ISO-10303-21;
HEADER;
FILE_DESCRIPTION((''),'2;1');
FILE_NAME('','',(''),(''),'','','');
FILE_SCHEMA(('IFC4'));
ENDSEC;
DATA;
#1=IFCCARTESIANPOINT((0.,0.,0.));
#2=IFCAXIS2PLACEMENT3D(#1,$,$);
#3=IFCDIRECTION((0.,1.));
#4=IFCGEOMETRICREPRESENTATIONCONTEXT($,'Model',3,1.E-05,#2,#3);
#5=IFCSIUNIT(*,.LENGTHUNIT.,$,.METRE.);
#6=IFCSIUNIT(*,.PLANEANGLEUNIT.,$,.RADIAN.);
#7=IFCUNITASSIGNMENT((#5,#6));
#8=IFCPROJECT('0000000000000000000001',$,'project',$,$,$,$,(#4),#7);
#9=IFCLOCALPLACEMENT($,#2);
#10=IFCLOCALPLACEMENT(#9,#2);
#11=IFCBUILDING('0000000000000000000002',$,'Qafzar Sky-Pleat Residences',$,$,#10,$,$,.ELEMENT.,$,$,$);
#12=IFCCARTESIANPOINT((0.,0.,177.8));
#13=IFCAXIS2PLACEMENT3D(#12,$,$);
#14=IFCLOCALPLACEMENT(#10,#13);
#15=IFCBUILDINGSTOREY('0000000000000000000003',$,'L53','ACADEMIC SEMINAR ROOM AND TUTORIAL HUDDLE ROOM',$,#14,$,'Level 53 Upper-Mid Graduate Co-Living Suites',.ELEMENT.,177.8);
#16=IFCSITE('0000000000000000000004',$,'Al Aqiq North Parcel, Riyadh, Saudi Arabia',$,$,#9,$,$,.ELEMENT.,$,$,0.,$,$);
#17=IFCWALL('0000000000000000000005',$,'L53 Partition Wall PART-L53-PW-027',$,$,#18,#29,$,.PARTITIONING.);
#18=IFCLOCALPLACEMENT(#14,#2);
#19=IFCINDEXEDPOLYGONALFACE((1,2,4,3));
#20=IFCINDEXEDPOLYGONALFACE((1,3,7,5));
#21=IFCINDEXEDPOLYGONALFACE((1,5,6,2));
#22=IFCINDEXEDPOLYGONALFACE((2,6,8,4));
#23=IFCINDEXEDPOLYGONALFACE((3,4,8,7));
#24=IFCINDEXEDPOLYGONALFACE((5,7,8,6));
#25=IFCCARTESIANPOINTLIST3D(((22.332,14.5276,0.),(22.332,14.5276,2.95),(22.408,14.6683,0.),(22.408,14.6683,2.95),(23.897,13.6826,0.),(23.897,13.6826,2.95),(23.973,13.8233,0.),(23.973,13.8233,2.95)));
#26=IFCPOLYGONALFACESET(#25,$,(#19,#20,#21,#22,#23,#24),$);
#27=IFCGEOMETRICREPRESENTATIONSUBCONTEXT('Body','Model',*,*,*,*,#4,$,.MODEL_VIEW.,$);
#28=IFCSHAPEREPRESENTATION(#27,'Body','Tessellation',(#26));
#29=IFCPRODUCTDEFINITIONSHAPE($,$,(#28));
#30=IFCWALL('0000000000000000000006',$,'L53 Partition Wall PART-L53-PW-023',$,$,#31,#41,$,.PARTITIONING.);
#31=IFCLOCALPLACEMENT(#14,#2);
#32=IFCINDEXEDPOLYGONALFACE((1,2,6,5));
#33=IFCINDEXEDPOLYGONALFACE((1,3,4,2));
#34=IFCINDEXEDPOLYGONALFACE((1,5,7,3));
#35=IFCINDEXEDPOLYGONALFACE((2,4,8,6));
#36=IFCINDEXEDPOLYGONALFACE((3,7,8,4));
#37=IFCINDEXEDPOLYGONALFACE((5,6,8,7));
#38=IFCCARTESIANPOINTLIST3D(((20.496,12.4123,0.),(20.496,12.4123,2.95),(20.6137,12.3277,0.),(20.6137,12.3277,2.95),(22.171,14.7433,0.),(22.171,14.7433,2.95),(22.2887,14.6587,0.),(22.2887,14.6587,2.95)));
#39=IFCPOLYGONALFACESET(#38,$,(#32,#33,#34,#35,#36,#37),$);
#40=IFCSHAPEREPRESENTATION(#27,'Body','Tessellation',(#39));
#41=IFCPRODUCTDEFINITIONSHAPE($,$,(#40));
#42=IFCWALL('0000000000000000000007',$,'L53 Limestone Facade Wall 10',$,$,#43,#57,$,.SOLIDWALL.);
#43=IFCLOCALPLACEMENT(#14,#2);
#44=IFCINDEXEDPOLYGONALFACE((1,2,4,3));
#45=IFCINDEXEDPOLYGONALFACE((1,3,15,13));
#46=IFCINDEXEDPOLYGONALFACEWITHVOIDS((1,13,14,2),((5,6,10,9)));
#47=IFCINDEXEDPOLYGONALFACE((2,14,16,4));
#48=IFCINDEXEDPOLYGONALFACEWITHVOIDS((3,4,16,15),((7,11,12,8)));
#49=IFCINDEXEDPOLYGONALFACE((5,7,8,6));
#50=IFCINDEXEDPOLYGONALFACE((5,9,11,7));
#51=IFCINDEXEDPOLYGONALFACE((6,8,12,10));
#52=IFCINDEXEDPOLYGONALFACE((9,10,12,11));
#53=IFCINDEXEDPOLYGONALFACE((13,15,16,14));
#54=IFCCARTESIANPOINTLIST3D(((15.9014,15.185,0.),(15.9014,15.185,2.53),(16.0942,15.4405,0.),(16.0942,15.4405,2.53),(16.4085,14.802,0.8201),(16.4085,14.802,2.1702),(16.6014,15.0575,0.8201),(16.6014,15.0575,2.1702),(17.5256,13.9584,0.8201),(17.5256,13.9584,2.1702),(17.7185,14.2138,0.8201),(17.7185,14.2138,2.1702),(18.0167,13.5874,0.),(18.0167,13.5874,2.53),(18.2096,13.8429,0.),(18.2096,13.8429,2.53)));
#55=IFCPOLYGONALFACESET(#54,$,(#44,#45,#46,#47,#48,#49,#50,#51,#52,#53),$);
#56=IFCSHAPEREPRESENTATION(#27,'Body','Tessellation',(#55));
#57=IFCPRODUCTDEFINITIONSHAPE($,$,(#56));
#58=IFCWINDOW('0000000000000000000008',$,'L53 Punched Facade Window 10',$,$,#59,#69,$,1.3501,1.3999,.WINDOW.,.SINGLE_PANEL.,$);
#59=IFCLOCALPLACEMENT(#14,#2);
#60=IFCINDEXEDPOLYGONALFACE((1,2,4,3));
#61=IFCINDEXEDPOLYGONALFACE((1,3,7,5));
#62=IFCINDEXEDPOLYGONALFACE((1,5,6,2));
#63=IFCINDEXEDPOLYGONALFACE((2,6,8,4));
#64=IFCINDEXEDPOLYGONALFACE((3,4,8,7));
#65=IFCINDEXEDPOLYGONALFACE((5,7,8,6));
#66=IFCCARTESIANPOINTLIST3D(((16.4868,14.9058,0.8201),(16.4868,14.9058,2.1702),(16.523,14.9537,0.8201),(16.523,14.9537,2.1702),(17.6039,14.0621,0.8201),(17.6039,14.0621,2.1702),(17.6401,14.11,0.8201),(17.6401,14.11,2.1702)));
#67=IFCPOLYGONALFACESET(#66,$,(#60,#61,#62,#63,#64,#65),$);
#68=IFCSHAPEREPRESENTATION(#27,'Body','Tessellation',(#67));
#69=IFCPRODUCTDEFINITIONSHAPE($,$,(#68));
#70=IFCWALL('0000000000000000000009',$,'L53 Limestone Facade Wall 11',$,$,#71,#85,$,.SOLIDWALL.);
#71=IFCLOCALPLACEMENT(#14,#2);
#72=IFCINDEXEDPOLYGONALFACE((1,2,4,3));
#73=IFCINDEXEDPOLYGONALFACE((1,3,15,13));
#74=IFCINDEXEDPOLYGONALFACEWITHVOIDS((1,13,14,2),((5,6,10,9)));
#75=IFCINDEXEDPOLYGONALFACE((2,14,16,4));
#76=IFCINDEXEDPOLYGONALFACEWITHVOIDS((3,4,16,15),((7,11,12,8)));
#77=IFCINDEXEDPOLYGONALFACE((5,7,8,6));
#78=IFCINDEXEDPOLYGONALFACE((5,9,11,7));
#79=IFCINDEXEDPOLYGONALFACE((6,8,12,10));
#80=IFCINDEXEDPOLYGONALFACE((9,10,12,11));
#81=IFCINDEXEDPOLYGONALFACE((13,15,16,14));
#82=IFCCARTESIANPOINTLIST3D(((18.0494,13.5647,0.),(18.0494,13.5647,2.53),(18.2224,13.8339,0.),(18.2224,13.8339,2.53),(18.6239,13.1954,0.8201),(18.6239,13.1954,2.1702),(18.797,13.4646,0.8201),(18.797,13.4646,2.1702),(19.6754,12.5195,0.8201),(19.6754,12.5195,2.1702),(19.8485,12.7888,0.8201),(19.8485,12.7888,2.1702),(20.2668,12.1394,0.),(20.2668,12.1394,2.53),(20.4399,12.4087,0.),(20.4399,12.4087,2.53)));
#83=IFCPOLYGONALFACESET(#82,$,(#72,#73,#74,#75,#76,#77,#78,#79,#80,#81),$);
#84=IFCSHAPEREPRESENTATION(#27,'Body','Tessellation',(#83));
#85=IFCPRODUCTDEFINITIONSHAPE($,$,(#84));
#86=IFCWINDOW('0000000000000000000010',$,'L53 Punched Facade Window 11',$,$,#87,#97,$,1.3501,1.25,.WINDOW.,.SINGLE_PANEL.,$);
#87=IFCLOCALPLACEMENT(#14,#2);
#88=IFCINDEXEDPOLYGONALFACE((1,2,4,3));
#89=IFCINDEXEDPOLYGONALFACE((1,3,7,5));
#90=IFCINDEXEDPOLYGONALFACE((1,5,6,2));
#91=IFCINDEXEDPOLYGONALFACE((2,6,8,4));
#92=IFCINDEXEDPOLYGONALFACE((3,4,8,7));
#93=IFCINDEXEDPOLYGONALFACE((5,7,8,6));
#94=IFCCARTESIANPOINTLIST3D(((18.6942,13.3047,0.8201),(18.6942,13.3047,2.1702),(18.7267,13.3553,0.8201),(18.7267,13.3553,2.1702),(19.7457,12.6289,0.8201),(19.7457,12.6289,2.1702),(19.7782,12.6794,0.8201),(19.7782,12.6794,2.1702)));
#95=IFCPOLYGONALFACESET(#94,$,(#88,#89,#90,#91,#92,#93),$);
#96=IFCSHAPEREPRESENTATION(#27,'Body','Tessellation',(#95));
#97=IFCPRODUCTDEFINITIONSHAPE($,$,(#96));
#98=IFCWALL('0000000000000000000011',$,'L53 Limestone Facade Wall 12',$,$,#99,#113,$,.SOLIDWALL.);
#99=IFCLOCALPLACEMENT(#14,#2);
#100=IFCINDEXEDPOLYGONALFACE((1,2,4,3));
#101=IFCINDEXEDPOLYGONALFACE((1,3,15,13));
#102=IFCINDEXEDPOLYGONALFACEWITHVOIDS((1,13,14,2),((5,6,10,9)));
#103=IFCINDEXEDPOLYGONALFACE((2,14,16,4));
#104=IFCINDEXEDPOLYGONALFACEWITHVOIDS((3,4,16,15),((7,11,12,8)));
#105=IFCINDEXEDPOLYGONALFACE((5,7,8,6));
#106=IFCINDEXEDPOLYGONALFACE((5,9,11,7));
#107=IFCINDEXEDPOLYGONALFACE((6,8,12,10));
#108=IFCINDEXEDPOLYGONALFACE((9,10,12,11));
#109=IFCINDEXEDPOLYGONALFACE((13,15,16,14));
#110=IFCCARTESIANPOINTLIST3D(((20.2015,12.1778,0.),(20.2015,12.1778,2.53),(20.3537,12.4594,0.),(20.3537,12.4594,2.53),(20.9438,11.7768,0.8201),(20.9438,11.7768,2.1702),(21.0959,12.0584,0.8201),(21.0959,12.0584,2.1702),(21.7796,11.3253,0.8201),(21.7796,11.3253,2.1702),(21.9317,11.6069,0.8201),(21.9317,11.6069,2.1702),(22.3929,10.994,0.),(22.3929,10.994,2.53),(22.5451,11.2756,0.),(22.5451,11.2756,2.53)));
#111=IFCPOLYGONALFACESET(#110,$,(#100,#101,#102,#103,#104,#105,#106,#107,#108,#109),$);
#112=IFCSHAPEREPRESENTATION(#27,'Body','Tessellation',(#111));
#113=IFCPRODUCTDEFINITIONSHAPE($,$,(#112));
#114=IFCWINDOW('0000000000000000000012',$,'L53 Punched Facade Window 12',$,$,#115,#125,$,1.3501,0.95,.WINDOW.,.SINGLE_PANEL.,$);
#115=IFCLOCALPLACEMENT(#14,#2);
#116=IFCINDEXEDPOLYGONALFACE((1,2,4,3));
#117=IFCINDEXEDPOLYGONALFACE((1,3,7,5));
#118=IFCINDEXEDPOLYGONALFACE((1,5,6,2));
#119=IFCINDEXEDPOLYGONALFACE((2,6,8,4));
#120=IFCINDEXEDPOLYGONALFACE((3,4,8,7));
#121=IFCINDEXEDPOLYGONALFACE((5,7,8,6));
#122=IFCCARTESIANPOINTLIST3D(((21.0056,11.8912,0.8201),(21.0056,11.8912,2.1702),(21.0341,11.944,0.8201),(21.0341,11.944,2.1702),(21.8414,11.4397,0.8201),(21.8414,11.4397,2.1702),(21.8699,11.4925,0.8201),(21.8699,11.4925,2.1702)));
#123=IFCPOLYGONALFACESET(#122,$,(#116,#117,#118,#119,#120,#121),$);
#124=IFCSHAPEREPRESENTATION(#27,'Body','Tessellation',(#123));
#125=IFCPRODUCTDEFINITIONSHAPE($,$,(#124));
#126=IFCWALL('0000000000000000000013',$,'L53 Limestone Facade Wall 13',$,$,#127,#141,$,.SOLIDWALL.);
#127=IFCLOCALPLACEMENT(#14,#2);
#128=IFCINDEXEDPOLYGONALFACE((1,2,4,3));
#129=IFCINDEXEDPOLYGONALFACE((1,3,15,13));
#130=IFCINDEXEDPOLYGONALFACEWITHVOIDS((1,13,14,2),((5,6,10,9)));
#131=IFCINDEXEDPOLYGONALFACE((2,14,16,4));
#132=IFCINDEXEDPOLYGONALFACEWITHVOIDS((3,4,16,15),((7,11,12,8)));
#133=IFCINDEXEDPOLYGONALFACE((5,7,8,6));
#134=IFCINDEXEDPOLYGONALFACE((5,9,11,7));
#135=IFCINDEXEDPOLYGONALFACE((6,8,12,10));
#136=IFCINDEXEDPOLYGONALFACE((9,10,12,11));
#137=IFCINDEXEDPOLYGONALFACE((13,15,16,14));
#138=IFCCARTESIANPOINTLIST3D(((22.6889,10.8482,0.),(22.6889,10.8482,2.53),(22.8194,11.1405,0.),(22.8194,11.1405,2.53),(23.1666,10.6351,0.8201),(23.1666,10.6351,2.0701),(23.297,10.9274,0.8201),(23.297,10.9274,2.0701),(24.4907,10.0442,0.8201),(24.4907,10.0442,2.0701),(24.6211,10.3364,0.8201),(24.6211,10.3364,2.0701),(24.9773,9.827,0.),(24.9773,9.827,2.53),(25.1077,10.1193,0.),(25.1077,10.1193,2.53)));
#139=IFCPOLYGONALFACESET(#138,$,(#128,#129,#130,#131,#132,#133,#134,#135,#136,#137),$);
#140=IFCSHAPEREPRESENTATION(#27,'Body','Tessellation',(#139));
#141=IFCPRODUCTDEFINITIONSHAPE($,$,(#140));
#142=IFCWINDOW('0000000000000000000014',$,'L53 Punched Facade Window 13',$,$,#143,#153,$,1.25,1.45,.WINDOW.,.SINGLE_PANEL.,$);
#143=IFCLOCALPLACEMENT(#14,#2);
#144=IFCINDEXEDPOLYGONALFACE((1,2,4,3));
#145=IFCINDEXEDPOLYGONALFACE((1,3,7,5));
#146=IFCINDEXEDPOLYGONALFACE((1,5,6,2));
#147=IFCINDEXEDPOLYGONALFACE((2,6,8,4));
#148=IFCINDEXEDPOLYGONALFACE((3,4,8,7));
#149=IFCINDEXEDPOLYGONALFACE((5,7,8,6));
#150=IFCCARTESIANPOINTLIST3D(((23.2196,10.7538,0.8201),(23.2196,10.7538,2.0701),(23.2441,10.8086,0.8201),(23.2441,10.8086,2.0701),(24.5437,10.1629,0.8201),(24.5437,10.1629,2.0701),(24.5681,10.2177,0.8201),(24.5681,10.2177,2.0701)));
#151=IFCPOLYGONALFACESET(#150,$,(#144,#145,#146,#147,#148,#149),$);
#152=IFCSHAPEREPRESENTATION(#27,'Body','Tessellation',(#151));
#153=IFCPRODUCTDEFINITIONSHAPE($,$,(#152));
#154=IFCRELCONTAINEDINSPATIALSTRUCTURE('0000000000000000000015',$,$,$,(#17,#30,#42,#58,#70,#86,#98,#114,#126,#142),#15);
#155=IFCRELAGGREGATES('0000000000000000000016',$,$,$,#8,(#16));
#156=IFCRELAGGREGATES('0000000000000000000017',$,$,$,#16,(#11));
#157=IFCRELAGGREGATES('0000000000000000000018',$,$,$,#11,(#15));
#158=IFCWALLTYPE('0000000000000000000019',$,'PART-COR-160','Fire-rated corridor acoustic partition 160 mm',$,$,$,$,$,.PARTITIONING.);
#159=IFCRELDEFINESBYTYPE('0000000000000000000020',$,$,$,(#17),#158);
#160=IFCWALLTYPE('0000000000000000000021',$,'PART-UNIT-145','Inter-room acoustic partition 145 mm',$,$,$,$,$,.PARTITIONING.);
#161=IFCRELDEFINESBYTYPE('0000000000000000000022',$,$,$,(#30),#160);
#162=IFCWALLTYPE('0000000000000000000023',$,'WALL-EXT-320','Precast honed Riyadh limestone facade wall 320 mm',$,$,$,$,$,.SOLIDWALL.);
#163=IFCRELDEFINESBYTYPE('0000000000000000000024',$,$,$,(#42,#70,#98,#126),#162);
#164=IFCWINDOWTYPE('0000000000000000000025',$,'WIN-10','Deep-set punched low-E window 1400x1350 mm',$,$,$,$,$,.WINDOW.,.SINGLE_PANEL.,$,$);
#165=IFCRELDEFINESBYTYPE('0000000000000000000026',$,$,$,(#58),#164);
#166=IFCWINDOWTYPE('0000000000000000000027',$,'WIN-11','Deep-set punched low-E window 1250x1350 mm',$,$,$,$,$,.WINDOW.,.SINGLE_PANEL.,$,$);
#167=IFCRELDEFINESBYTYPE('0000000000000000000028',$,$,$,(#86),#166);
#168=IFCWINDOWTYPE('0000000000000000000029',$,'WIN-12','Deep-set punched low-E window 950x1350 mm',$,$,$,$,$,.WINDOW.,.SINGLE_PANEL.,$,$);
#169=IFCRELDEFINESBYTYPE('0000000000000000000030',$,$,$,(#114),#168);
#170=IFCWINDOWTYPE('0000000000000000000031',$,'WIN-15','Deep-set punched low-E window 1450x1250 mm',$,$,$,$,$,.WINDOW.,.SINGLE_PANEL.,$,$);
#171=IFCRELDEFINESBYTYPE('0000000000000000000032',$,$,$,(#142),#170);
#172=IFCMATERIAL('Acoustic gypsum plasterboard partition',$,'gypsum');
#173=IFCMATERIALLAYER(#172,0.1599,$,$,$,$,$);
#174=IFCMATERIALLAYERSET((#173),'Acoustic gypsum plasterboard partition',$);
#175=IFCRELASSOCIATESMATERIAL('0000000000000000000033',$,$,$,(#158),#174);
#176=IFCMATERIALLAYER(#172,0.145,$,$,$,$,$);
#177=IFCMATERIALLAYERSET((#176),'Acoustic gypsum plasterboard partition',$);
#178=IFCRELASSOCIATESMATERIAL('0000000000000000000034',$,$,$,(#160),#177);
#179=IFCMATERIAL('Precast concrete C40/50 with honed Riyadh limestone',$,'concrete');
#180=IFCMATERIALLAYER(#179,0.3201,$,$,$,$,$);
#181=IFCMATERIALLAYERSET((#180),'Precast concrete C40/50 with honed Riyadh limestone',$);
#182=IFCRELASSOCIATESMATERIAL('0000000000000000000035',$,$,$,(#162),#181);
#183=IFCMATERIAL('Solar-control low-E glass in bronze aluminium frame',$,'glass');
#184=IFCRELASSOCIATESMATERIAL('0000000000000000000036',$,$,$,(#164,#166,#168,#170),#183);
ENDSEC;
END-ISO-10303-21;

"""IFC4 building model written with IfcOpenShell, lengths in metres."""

from ifc_helpers import new_model, si_unit, direction, frame, frame_2d, origin, place, context, subcontext, project, spatial, rectangle, extrude, source, transform, mapped, material, layer, layer_set, type_object, element, fill, save


model = new_model("IFC4")

# Units and contexts
model_context = context("Model", 3, precision=1e-05, world=origin(), true_north=direction((0.0, 1.0)))
body_context = subcontext(model_context, "Body", "Model", "MODEL_VIEW")
ifc_project = project(units=[si_unit("LENGTHUNIT", "METRE"), si_unit("PLANEANGLEUNIT", "RADIAN")], contexts=[model_context])

# Site, building, storey
site_placement = place(None, origin())
site = spatial("IfcSite", under=ifc_project, at=site_placement, Name="Al Aqiq North Parcel, Riyadh, Saudi Arabia", CompositionType="ELEMENT", RefElevation=0.0)
building_placement = place(site_placement, origin())
building = spatial("IfcBuilding", under=site, at=building_placement, Name="Qafzar Sky-Pleat Residences", CompositionType="ELEMENT")
storey_placement = place(building_placement, frame((0.0, 0.0, 177.8)))
storey = spatial("IfcBuildingStorey", under=building, at=storey_placement, Name="L53", Description="ACADEMIC SEMINAR ROOM AND TUTORIAL HUDDLE ROOM", LongName="Level 53 Upper-Mid Graduate Co-Living Suites", CompositionType="ELEMENT", Elevation=177.8)

# Shared definitions
ifc_material_1 = material(Name="Acoustic gypsum plasterboard partition", Category="gypsum")
ifc_layer_1 = layer(ifc_material_1, 0.1599)
ifc_layer_set_1 = layer_set([ifc_layer_1], Name="Acoustic gypsum plasterboard partition")
wall_type_1 = type_object("IfcWallType", Name="PART-COR-160", Description="Fire-rated corridor acoustic partition 160 mm", PredefinedType="PARTITIONING", material=ifc_layer_set_1)

# Walls
wall_1_placement = place(storey_placement, frame((22.3701, 14.5979, 0.0), z_axis=(0.0, 0.0, 1.0), x_axis=(0.879928, -0.475106, 0.0)))
element("IfcWall", 1, at=wall_1_placement, inside=storey, type_object=wall_type_1, Name="L53 Partition Wall PART-L53-PW-027", PredefinedType="PARTITIONING", context=body_context, shape_type="SweptSolid", body=[
    extrude(rectangle(XDim=1.7786, YDim=0.1599, at=frame_2d((0.8892, 0.0))), origin(), (0.0, 0.0, 1.0), 2.95),
])
ifc_layer_2 = layer(ifc_material_1, 0.145)
ifc_layer_set_2 = layer_set([ifc_layer_2], Name="Acoustic gypsum plasterboard partition")
wall_type_2 = type_object("IfcWallType", Name="PART-UNIT-145", Description="Inter-room acoustic partition 145 mm", PredefinedType="PARTITIONING", material=ifc_layer_set_2)
wall_2_placement = place(storey_placement, frame((20.5549, 12.3701, 0.0), z_axis=(0.0, 0.0, 1.0), x_axis=(0.583545, 0.812081, 0.0)))
element("IfcWall", 2, at=wall_2_placement, inside=storey, type_object=wall_type_2, Name="L53 Partition Wall PART-L53-PW-023", PredefinedType="PARTITIONING", context=body_context, shape_type="SweptSolid", body=[
    extrude(rectangle(XDim=2.8704, YDim=0.145, at=frame_2d((1.4351, 0.0))), origin(), (0.0, 0.0, 1.0), 2.95),
])

# Walls, openings, windows
ifc_material_2 = material(Name="Precast concrete C40/50 with honed Riyadh limestone", Category="concrete")
ifc_layer_3 = layer(ifc_material_2, 0.3201)
ifc_layer_set_3 = layer_set([ifc_layer_3], Name="Precast concrete C40/50 with honed Riyadh limestone")
wall_type_3 = type_object("IfcWallType", Name="WALL-EXT-320", Description="Precast honed Riyadh limestone facade wall 320 mm", PredefinedType="SOLIDWALL", material=ifc_layer_set_3)
wall_3_placement = place(storey_placement, frame((15.9978, 15.3127, 0.0), z_axis=(0.0, 0.0, 1.0), x_axis=(0.797995, -0.602664, 0.0)))
wall_3 = element("IfcWall", 3, at=wall_3_placement, inside=storey, type_object=wall_type_3, Name="L53 Limestone Facade Wall 10", PredefinedType="SOLIDWALL", context=body_context, shape_type="SweptSolid", body=[
    extrude(rectangle(XDim=2.6509, YDim=0.3201, at=frame_2d((1.3254, 0.0))), origin(), (0.0, 0.0, 1.0), 2.53),
])
opening_1_placement = place(wall_3_placement, frame((0.6355, 0.0, 0.8201)))
opening_1 = element("IfcOpeningElement", 4, at=opening_1_placement, cuts=wall_3, PredefinedType="OPENING", context=body_context, shape_type="SweptSolid", body=[
    extrude(rectangle(XDim=1.3999, YDim=1.3501, at=frame_2d((0.7, 0.675))), frame((0.0, 0.1699, 0.0), z_axis=(0.0, -1.0, 0.0), x_axis=(1.0, 0.0, 0.0)), (0.0, 0.0, 1.0), 0.3401),
])
ifc_material_3 = material(Name="Solar-control low-E glass in bronze aluminium frame", Category="glass")
window_type_1 = type_object("IfcWindowType", Name="WIN-10", Description="Deep-set punched low-E window 1400x1350 mm", PartitioningType="SINGLE_PANEL", PredefinedType="WINDOW", material=ifc_material_3)
shared_shape_1 = source(origin(), body_context, "Body", "SweptSolid", [
    extrude(rectangle(XDim=1.3999, YDim=1.3501, at=frame_2d((0.7, 0.675))), frame((0.0, 0.03, 0.0), z_axis=(0.0, -1.0, 0.0), x_axis=(1.0, 0.0, 0.0)), (0.0, 0.0, 1.0), 0.0601),
])
window_1_placement = place(opening_1_placement, origin())
window_1 = element("IfcWindow", 5, at=window_1_placement, inside=storey, type_object=window_type_1, Name="L53 Punched Facade Window 10", OverallHeight=1.3501, OverallWidth=1.3999, PartitioningType="SINGLE_PANEL", PredefinedType="WINDOW", context=body_context, shape_type="MappedRepresentation", body=[
    mapped(shared_shape_1, transform((0.0, 0.0, 0.0), x_axis=(1.0, 0.0, 0.0), y_axis=(0.0, 1.0, 0.0), z_axis=(0.0, 0.0, 1.0), scale=1.0)),
])
fill(opening_1, window_1)
wall_4_placement = place(storey_placement, frame((18.136, 13.6992, 0.0), z_axis=(0.0, 0.0, 1.0), x_axis=(0.841224, -0.540687, 0.0)))
wall_4 = element("IfcWall", 6, at=wall_4_placement, inside=storey, type_object=wall_type_3, Name="L53 Limestone Facade Wall 11", PredefinedType="SOLIDWALL", context=body_context, shape_type="SweptSolid", body=[
    extrude(rectangle(XDim=2.636, YDim=0.3201, at=frame_2d((1.3179, 0.0))), origin(), (0.0, 0.0, 1.0), 2.53),
])
opening_2_placement = place(wall_4_placement, frame((0.6829, 0.0, 0.8201)))
opening_2 = element("IfcOpeningElement", 7, at=opening_2_placement, cuts=wall_4, PredefinedType="OPENING", context=body_context, shape_type="SweptSolid", body=[
    extrude(rectangle(XDim=1.25, YDim=1.3501, at=frame_2d((0.625, 0.675))), frame((0.0, 0.1699, 0.0), z_axis=(0.0, -1.0, 0.0), x_axis=(1.0, 0.0, 0.0)), (0.0, 0.0, 1.0), 0.3401),
])
window_type_2 = type_object("IfcWindowType", Name="WIN-11", Description="Deep-set punched low-E window 1250x1350 mm", PartitioningType="SINGLE_PANEL", PredefinedType="WINDOW", material=ifc_material_3)
shared_shape_2 = source(origin(), body_context, "Body", "SweptSolid", [
    extrude(rectangle(XDim=1.25, YDim=1.3501, at=frame_2d((0.625, 0.675))), frame((0.0, 0.03, 0.0), z_axis=(0.0, -1.0, 0.0), x_axis=(1.0, 0.0, 0.0)), (0.0, 0.0, 1.0), 0.0601),
])
window_2_placement = place(opening_2_placement, origin())
window_2 = element("IfcWindow", 8, at=window_2_placement, inside=storey, type_object=window_type_2, Name="L53 Punched Facade Window 11", OverallHeight=1.3501, OverallWidth=1.25, PartitioningType="SINGLE_PANEL", PredefinedType="WINDOW", context=body_context, shape_type="MappedRepresentation", body=[
    mapped(shared_shape_2, transform((0.0, 0.0, 0.0), x_axis=(1.0, 0.0, 0.0), y_axis=(0.0, 1.0, 0.0), z_axis=(0.0, 0.0, 1.0), scale=1.0)),
])
fill(opening_2, window_2)
wall_5_placement = place(storey_placement, frame((20.2776, 12.3186, 0.0), z_axis=(0.0, 0.0, 1.0), x_axis=(0.879825, -0.475298, 0.0)))
wall_5 = element("IfcWall", 9, at=wall_5_placement, inside=storey, type_object=wall_type_3, Name="L53 Limestone Facade Wall 12", PredefinedType="SOLIDWALL", context=body_context, shape_type="SweptSolid", body=[
    extrude(rectangle(XDim=2.4907, YDim=0.3201, at=frame_2d((1.2454, 0.0))), origin(), (0.0, 0.0, 1.0), 2.53),
])
opening_3_placement = place(wall_5_placement, frame((0.8435, 0.0, 0.8201)))
opening_3 = element("IfcOpeningElement", 10, at=opening_3_placement, cuts=wall_5, PredefinedType="OPENING", context=body_context, shape_type="SweptSolid", body=[
    extrude(rectangle(XDim=0.95, YDim=1.3501, at=frame_2d((0.4751, 0.675))), frame((0.0, 0.1699, 0.0), z_axis=(0.0, -1.0, 0.0), x_axis=(1.0, 0.0, 0.0)), (0.0, 0.0, 1.0), 0.3401),
])
window_type_3 = type_object("IfcWindowType", Name="WIN-12", Description="Deep-set punched low-E window 950x1350 mm", PartitioningType="SINGLE_PANEL", PredefinedType="WINDOW", material=ifc_material_3)
shared_shape_3 = source(origin(), body_context, "Body", "SweptSolid", [
    extrude(rectangle(XDim=0.95, YDim=1.3501, at=frame_2d((0.4751, 0.675))), frame((0.0, 0.03, 0.0), z_axis=(0.0, -1.0, 0.0), x_axis=(1.0, 0.0, 0.0)), (0.0, 0.0, 1.0), 0.0601),
])
window_3_placement = place(opening_3_placement, origin())
window_3 = element("IfcWindow", 11, at=window_3_placement, inside=storey, type_object=window_type_3, Name="L53 Punched Facade Window 12", OverallHeight=1.3501, OverallWidth=0.95, PartitioningType="SINGLE_PANEL", PredefinedType="WINDOW", context=body_context, shape_type="MappedRepresentation", body=[
    mapped(shared_shape_3, transform((0.0, 0.0, 0.0), x_axis=(1.0, 0.0, 0.0), y_axis=(0.0, 1.0, 0.0), z_axis=(0.0, 0.0, 1.0), scale=1.0)),
])
fill(opening_3, window_3)
wall_6_placement = place(storey_placement, frame((22.7542, 10.9944, 0.0), z_axis=(0.0, 0.0, 1.0), x_axis=(0.913188, -0.407539, 0.0)))
wall_6 = element("IfcWall", 12, at=wall_6_placement, inside=storey, type_object=wall_type_3, Name="L53 Limestone Facade Wall 13", PredefinedType="SOLIDWALL", context=body_context, shape_type="SweptSolid", body=[
    extrude(rectangle(XDim=2.5059, YDim=0.3201, at=frame_2d((1.2529, 0.0))), origin(), (0.0, 0.0, 1.0), 2.53),
])
opening_4_placement = place(wall_6_placement, frame((0.5229, 0.0, 0.8201)))
opening_4 = element("IfcOpeningElement", 13, at=opening_4_placement, cuts=wall_6, PredefinedType="OPENING", context=body_context, shape_type="SweptSolid", body=[
    extrude(rectangle(XDim=1.45, YDim=1.25, at=frame_2d((0.7251, 0.625))), frame((0.0, 0.1699, 0.0), z_axis=(0.0, -1.0, 0.0), x_axis=(1.0, 0.0, 0.0)), (0.0, 0.0, 1.0), 0.3401),
])
window_type_4 = type_object("IfcWindowType", Name="WIN-15", Description="Deep-set punched low-E window 1450x1250 mm", PartitioningType="SINGLE_PANEL", PredefinedType="WINDOW", material=ifc_material_3)
shared_shape_4 = source(origin(), body_context, "Body", "SweptSolid", [
    extrude(rectangle(XDim=1.45, YDim=1.25, at=frame_2d((0.7251, 0.625))), frame((0.0, 0.03, 0.0), z_axis=(0.0, -1.0, 0.0), x_axis=(1.0, 0.0, 0.0)), (0.0, 0.0, 1.0), 0.0601),
])
window_4_placement = place(opening_4_placement, origin())
window_4 = element("IfcWindow", 14, at=window_4_placement, inside=storey, type_object=window_type_4, Name="L53 Punched Facade Window 13", OverallHeight=1.25, OverallWidth=1.45, PartitioningType="SINGLE_PANEL", PredefinedType="WINDOW", context=body_context, shape_type="MappedRepresentation", body=[
    mapped(shared_shape_4, transform((0.0, 0.0, 0.0), x_axis=(1.0, 0.0, 0.0), y_axis=(0.0, 1.0, 0.0), z_axis=(0.0, 0.0, 1.0), scale=1.0)),
])
fill(opening_4, window_4)

save(model, "model.ifc")
